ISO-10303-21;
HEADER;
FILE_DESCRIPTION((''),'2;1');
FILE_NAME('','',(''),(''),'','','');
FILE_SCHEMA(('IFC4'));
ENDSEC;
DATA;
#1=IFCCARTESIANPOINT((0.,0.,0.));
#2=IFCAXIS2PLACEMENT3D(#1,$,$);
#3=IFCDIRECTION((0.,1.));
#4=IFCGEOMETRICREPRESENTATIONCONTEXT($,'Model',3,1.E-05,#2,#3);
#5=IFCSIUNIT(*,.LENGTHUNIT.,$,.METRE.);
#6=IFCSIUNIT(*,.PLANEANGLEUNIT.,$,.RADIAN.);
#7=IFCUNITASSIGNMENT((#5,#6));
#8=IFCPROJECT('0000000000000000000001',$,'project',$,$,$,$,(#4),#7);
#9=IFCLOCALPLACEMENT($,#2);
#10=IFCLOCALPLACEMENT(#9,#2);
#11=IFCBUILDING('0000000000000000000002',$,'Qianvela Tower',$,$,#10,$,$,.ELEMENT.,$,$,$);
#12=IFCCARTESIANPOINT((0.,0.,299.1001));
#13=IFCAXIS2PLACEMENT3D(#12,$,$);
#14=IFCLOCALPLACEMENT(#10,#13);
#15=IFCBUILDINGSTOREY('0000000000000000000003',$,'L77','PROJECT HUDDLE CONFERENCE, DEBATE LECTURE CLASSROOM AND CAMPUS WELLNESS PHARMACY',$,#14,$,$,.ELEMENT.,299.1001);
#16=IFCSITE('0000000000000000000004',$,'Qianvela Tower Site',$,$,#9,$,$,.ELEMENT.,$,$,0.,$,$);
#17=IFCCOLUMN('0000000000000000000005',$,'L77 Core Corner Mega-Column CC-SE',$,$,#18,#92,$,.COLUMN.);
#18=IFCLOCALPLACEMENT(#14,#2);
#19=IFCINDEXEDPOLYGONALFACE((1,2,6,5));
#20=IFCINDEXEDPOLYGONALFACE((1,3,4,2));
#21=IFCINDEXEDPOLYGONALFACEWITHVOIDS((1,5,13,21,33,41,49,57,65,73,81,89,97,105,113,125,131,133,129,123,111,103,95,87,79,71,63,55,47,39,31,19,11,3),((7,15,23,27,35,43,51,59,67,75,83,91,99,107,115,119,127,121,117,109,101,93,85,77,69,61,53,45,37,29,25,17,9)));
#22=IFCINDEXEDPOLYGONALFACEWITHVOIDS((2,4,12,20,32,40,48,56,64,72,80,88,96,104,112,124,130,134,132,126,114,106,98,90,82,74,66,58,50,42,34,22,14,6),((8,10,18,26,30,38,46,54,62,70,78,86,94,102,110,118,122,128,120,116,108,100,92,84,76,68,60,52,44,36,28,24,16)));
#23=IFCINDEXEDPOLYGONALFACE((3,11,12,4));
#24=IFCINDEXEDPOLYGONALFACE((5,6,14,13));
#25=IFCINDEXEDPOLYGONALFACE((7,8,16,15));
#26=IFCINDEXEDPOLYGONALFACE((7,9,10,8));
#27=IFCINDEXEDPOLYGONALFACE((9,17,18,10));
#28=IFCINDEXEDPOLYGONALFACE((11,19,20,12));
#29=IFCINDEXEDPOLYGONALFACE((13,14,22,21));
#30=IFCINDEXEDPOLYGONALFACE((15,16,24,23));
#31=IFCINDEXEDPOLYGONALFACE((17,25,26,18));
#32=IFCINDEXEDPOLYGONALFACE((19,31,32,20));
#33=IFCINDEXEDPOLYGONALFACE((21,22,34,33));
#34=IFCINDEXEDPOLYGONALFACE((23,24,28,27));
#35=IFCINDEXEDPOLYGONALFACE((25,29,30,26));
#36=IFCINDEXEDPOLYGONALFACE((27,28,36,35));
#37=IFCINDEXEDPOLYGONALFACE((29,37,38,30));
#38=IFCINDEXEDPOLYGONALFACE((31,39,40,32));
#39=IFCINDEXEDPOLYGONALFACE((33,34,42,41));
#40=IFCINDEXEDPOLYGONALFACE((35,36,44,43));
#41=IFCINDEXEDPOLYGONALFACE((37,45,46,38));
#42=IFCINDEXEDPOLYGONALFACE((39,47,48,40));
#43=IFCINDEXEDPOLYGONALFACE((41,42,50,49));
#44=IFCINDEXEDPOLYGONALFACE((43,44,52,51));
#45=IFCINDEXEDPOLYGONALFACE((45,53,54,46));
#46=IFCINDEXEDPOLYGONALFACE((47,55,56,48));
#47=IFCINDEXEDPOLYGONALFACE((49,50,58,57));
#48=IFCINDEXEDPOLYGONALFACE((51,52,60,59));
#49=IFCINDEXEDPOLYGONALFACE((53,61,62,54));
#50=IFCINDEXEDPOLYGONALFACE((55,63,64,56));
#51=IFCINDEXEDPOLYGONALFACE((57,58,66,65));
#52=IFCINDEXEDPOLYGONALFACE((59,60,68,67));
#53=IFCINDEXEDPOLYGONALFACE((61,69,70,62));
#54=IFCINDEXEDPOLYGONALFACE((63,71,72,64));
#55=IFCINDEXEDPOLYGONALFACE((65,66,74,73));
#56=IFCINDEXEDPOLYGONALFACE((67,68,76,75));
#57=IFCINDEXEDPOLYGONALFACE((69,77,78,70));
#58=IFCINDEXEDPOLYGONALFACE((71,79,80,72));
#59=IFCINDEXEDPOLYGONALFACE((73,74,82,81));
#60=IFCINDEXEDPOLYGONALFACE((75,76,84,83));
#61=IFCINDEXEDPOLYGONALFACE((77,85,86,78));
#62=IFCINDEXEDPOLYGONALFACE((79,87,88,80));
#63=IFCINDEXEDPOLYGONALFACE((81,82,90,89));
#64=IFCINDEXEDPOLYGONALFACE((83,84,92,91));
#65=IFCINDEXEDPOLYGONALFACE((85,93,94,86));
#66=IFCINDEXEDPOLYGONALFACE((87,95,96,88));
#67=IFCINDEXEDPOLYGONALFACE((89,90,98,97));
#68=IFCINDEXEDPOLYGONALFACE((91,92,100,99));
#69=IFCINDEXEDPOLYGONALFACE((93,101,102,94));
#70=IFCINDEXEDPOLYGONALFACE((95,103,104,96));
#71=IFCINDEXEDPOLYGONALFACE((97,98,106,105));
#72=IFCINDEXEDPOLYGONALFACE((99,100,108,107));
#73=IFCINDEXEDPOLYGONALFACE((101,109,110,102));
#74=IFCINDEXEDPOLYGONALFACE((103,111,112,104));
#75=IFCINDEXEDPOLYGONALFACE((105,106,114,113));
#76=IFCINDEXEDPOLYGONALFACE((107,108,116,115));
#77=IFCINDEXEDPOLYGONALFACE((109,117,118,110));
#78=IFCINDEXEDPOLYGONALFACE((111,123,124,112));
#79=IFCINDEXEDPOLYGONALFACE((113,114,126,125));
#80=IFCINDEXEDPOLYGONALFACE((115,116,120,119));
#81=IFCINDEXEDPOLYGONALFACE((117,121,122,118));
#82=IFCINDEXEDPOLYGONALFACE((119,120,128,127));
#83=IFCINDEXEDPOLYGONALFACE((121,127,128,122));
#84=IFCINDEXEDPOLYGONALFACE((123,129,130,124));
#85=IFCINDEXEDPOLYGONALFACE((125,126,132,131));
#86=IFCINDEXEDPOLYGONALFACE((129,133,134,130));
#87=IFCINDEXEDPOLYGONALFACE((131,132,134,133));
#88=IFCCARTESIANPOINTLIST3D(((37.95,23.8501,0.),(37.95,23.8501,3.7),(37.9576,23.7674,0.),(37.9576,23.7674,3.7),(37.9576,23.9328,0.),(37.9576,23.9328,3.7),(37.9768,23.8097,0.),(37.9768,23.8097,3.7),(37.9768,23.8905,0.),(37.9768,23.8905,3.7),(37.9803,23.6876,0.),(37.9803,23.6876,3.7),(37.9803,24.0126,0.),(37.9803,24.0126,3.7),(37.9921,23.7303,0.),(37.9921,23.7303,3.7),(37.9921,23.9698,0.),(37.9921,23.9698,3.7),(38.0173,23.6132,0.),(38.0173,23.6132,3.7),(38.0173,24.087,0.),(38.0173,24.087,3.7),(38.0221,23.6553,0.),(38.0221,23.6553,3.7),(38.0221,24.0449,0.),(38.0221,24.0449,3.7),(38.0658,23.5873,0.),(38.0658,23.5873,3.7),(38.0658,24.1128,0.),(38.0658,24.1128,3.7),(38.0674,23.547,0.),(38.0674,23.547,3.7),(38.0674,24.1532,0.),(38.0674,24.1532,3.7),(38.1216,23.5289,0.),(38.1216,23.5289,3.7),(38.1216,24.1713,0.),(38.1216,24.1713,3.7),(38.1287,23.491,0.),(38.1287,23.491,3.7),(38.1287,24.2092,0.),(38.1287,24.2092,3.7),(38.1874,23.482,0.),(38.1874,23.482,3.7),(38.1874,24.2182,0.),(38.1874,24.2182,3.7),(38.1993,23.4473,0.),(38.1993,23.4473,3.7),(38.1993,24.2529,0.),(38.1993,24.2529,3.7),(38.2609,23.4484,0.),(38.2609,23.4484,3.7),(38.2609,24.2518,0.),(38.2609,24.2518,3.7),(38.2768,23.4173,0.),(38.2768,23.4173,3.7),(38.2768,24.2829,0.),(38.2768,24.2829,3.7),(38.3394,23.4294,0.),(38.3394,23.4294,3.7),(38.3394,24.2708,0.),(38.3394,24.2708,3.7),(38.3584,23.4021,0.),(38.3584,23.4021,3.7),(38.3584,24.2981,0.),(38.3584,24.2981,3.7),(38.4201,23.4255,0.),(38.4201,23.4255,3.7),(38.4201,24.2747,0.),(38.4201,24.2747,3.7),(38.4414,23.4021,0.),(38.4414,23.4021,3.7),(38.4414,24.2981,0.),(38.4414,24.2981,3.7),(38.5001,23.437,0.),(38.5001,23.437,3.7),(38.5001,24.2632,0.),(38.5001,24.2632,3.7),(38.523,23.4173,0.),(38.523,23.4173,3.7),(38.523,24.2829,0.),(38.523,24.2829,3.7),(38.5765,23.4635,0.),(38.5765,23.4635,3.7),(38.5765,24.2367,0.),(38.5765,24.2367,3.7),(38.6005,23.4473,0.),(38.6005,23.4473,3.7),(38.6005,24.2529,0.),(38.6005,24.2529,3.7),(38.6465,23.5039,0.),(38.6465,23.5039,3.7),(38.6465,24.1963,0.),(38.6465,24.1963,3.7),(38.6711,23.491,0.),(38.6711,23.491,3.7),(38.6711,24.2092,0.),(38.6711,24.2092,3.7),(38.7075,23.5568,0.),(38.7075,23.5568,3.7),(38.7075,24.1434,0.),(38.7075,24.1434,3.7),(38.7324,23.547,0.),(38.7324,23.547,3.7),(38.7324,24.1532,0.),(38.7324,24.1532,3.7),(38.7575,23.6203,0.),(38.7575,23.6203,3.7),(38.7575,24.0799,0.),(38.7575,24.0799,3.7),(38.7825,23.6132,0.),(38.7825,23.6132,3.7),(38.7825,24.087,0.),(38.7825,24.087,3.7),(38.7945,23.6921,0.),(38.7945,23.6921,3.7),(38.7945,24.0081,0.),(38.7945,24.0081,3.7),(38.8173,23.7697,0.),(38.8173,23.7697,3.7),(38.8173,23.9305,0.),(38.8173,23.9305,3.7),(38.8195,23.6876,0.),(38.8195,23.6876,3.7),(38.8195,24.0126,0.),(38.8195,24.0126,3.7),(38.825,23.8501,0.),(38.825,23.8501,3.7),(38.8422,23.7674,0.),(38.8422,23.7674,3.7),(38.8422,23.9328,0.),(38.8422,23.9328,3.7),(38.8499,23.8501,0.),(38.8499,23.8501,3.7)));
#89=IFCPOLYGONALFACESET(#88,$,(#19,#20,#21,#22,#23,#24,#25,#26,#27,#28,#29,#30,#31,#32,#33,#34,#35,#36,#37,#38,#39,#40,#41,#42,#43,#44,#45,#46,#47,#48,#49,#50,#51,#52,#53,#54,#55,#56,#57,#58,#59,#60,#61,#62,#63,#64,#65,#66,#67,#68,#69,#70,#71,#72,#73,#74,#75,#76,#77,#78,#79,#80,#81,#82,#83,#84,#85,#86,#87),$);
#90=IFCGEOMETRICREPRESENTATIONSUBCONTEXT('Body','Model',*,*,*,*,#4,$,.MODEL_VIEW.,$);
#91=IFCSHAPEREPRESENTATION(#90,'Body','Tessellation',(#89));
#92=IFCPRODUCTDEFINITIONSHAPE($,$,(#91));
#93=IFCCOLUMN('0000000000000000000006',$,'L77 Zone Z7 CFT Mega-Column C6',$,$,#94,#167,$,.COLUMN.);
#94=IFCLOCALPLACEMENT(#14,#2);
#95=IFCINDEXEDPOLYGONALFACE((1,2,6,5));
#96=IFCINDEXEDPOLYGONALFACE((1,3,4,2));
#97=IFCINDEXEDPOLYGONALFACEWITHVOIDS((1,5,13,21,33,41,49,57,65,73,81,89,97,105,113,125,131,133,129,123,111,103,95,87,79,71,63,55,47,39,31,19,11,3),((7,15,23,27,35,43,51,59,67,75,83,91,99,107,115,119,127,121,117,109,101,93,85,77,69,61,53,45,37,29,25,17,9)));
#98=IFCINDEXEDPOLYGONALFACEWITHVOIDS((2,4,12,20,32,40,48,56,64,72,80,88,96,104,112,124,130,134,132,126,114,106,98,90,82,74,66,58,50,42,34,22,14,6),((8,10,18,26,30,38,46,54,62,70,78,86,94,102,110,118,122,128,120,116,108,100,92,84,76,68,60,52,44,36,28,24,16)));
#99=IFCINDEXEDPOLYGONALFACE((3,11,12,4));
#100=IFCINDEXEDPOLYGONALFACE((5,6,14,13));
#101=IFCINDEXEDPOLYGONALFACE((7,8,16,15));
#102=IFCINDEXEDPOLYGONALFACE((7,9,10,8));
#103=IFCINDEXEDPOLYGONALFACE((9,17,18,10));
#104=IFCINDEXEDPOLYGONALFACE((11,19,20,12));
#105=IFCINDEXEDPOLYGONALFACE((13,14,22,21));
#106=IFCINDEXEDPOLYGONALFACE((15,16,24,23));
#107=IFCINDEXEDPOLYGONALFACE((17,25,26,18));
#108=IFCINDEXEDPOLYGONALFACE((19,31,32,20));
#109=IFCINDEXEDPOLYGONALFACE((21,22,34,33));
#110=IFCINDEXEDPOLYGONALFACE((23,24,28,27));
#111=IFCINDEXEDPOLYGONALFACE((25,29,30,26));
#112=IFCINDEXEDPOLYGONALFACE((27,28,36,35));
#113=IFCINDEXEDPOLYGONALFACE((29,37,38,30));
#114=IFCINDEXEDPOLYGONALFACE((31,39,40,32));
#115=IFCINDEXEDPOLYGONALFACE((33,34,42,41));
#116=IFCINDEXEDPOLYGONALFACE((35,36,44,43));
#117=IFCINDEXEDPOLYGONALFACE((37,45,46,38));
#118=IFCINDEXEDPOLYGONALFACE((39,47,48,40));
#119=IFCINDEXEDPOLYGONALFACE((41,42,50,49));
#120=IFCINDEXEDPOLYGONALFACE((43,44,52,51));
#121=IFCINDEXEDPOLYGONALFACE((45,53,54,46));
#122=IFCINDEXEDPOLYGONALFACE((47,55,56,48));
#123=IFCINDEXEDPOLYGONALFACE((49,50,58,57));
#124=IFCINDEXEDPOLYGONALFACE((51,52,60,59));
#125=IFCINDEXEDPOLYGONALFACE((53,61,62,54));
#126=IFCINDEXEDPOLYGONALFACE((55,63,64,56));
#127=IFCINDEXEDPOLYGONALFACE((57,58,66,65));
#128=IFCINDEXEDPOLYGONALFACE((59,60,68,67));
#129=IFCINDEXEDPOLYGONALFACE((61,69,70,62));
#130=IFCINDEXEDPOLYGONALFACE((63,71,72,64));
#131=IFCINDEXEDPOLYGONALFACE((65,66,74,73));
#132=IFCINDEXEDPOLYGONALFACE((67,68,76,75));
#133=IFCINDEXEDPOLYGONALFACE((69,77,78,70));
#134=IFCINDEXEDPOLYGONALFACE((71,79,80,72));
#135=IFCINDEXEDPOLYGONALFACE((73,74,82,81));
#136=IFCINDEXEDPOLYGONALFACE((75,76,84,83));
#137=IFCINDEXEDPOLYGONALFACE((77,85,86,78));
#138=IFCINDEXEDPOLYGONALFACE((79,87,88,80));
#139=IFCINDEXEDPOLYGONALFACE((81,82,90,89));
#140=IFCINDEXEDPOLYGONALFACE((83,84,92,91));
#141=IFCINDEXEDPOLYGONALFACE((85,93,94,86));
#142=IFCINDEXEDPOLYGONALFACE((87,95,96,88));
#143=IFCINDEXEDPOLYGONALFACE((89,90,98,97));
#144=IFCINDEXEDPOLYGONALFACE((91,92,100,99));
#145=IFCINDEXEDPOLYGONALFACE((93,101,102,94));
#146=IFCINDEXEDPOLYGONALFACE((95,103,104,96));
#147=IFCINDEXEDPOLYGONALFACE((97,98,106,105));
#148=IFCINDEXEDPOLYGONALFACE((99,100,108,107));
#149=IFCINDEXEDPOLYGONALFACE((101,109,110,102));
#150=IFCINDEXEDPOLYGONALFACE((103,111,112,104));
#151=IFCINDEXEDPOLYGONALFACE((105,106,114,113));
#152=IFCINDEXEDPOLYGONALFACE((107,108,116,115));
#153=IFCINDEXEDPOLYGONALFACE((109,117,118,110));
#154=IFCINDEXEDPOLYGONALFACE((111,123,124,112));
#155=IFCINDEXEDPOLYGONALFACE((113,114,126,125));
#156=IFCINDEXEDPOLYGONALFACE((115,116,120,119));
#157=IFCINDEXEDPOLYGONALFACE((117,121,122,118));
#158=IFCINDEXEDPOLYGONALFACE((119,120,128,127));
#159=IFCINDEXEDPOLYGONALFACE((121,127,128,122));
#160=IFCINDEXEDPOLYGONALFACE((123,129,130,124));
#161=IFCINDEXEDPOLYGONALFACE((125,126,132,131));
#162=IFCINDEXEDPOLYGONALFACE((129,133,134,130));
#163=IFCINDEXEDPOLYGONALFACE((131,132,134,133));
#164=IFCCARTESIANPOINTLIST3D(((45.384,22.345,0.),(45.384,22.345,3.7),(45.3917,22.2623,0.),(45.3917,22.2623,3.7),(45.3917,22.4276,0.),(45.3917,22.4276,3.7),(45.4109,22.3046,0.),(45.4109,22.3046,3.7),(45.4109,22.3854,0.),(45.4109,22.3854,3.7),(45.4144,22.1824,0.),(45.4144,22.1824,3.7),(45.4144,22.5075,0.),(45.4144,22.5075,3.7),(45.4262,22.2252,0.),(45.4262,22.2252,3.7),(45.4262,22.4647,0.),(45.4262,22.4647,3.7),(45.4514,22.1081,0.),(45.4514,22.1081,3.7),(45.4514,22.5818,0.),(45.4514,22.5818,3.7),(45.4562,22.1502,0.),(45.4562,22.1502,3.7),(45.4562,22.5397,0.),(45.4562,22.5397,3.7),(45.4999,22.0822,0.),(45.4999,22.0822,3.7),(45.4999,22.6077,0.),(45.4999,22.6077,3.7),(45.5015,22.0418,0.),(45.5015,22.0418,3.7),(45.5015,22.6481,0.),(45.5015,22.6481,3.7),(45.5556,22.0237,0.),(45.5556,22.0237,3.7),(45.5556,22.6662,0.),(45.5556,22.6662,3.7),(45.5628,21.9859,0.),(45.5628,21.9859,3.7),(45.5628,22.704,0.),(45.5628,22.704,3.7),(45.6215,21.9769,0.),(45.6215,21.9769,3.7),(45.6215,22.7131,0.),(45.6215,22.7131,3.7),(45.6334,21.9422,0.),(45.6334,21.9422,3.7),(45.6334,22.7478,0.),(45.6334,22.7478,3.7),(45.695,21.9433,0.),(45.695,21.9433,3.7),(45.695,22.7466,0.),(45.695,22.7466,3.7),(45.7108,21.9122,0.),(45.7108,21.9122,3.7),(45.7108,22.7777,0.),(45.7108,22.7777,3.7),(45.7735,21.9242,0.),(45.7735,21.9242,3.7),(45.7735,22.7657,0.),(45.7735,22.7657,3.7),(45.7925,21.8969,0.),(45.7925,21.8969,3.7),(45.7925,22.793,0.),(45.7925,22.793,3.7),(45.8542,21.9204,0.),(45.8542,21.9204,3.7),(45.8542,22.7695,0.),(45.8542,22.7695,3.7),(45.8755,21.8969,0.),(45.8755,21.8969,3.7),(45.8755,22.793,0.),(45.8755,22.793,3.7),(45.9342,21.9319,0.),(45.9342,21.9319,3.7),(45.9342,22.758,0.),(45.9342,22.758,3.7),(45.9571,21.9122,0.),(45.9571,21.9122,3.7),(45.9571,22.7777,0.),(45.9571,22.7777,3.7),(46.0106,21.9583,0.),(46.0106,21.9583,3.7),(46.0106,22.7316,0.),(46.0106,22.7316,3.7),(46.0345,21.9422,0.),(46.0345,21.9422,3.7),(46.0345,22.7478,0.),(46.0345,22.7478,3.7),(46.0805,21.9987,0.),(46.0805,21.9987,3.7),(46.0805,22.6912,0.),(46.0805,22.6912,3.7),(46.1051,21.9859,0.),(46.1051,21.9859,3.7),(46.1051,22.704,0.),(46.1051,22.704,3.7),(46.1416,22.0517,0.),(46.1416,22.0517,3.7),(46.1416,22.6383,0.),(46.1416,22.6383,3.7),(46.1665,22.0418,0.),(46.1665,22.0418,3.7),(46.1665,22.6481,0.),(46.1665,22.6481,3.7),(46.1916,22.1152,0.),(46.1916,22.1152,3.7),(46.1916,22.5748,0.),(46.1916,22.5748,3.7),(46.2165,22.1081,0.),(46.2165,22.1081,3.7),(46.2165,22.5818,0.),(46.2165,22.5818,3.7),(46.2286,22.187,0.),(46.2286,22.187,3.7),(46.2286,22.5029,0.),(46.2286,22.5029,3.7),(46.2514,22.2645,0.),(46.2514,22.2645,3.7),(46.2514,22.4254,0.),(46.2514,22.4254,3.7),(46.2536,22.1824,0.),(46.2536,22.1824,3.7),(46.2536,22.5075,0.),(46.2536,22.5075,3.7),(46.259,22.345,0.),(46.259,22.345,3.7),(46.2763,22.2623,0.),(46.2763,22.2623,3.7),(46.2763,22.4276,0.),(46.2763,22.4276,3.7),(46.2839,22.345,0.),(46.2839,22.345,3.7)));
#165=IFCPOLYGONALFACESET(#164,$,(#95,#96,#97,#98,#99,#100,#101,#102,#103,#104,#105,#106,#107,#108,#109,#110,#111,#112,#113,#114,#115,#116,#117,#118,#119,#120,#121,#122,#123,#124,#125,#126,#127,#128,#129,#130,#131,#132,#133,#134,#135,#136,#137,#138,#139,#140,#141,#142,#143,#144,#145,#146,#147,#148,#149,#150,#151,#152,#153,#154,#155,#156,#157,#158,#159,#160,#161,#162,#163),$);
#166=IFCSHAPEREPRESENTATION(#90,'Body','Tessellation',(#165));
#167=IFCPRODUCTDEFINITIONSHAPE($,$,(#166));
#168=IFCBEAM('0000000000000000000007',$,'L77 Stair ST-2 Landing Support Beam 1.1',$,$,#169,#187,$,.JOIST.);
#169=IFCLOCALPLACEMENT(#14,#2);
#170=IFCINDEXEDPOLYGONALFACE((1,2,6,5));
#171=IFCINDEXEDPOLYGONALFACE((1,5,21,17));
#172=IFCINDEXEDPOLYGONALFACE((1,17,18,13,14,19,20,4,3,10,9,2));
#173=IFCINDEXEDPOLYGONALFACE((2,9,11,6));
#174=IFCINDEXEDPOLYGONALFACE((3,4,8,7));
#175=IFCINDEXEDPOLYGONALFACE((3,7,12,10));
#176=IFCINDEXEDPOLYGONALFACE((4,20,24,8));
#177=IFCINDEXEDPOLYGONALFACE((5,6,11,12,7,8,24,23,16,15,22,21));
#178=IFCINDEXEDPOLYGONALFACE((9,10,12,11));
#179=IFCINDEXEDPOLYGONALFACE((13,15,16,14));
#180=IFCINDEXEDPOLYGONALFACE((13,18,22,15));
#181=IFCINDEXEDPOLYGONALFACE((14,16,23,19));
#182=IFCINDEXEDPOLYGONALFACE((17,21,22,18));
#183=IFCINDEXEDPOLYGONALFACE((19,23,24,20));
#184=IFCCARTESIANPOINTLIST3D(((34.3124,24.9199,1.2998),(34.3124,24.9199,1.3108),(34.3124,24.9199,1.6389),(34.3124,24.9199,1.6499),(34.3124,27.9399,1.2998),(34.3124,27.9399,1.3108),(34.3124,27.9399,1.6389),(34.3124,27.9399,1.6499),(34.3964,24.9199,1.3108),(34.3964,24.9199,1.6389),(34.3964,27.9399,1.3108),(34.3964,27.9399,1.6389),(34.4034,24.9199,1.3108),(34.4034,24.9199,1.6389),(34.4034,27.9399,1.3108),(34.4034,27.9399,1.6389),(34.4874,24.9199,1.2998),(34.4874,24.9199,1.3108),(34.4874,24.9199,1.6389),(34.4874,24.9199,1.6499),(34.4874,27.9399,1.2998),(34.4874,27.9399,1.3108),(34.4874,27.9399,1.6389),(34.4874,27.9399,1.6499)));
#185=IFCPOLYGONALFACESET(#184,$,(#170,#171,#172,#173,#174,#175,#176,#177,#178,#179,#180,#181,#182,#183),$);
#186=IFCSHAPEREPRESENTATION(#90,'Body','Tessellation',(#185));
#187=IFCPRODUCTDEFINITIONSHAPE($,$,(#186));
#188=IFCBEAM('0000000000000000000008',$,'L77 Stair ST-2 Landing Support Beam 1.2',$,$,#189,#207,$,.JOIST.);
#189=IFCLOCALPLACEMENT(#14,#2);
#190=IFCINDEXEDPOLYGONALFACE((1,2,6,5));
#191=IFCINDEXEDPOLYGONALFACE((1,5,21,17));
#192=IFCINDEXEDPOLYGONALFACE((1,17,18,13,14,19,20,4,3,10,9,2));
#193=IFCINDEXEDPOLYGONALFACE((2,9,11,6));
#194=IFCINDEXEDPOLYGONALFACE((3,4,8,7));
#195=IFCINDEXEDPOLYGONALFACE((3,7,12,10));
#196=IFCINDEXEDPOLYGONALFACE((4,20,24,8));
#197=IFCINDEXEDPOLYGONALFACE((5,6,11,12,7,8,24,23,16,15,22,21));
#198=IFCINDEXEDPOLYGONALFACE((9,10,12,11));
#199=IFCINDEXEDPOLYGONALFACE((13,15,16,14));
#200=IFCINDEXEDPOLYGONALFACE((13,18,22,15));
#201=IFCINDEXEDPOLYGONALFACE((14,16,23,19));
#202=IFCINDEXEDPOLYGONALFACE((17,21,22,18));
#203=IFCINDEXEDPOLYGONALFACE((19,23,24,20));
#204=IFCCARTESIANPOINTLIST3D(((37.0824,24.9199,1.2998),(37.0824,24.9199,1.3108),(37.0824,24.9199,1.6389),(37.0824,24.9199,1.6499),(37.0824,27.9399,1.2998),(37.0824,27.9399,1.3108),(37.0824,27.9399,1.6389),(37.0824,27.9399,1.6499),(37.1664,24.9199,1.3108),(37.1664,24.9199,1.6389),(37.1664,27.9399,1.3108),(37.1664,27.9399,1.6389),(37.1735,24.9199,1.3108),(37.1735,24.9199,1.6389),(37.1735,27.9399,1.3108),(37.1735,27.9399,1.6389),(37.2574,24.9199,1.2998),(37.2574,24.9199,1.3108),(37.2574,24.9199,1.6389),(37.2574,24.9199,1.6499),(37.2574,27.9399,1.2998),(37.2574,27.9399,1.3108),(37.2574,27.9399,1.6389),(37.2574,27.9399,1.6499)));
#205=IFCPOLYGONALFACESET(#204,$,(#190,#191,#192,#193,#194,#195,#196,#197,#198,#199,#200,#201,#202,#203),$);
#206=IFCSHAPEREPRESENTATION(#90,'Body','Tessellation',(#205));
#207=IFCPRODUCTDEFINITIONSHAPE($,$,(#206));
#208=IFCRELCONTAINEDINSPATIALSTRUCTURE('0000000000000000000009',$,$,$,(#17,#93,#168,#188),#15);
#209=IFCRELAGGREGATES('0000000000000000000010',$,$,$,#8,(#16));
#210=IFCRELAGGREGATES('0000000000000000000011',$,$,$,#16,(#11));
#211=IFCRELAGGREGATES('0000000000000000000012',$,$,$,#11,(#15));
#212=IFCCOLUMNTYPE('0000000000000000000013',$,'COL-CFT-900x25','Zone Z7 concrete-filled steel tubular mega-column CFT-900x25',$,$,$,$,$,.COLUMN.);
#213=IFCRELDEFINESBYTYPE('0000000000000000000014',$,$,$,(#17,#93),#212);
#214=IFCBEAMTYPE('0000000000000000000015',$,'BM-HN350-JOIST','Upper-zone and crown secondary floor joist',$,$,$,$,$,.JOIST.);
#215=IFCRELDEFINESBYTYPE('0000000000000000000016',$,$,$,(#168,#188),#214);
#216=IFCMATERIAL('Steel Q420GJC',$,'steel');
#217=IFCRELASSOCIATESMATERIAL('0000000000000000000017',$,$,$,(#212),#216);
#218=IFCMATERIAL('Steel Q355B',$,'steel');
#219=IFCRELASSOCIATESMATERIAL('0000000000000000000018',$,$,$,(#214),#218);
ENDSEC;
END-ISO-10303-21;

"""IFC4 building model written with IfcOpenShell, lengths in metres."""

from ifc_helpers import new_model, si_unit, direction, frame, origin, origin_2d, place, context, subcontext, project, spatial, hollow_circle, i_section, extrude, material, material_profile, profile_set, type_object, element, save


model = new_model("IFC4")

# Units and contexts
model_context = context("Model", 3, precision=1e-05, world=origin(), true_north=direction((0.0, 1.0)))
body_context = subcontext(model_context, "Body", "Model", "MODEL_VIEW")
ifc_project = project(units=[si_unit("LENGTHUNIT", "METRE"), si_unit("PLANEANGLEUNIT", "RADIAN")], contexts=[model_context])

# Site, building, storey
site_placement = place(None, origin())
site = spatial("IfcSite", under=ifc_project, at=site_placement, Name="Qianvela Tower Site", CompositionType="ELEMENT", RefElevation=0.0)
building_placement = place(site_placement, origin())
building = spatial("IfcBuilding", under=site, at=building_placement, Name="Qianvela Tower", CompositionType="ELEMENT")
storey_placement = place(building_placement, frame((0.0, 0.0, 299.1001)))
storey = spatial("IfcBuildingStorey", under=building, at=storey_placement, Name="L77", Description="PROJECT HUDDLE CONFERENCE, DEBATE LECTURE CLASSROOM AND CAMPUS WELLNESS PHARMACY", CompositionType="ELEMENT", Elevation=299.1001)

# Columns
ifc_material_1 = material(Name="Steel Q420GJC", Category="steel")
ifc_material_profile_1 = material_profile(ifc_material_1, hollow_circle(Radius=0.45, WallThickness=0.0249, at=origin_2d()), Name="CFT-900x25")
ifc_profile_set_1 = profile_set([ifc_material_profile_1], Name="Steel Q420GJC")
column_type = type_object("IfcColumnType", Name="COL-CFT-900x25", Description="Zone Z7 concrete-filled steel tubular mega-column CFT-900x25", PredefinedType="COLUMN", material=ifc_profile_set_1)
for number, where, z_axis, x_axis, name in (
    (1, (38.3999, 23.8501, 0.0), (0.0, 0.0, 1.0), (1.0, 0.0, 0.0), "L77 Core Corner Mega-Column CC-SE"),
    (2, (45.834, 22.345, 0.0), (0.0, 0.0, 1.0), (1.0, 0.0, 0.0), "L77 Zone Z7 CFT Mega-Column C6"),
):
    element("IfcColumn", number, at=place(storey_placement, frame(where, z_axis=z_axis, x_axis=x_axis)), inside=storey, type_object=column_type, Name=name, PredefinedType="COLUMN", context=body_context, shape_type="SweptSolid", body=[
        extrude(hollow_circle(Radius=0.45, WallThickness=0.0249, at=origin_2d()), origin(), (0.0, 0.0, 1.0), 3.7),
    ])

# Beams
ifc_material_2 = material(Name="Steel Q355B", Category="steel")
ifc_material_profile_2 = material_profile(ifc_material_2, i_section(OverallWidth=0.175, OverallDepth=0.3501, WebThickness=0.0071, FlangeThickness=0.011, at=origin_2d()), Name="HN350x175x7x11")
ifc_profile_set_2 = profile_set([ifc_material_profile_2], Name="Steel Q355B")
beam_type_1 = type_object("IfcBeamType", Name="BM-HN350-JOIST", Description="Upper-zone and crown secondary floor joist", PredefinedType="JOIST", material=ifc_profile_set_2)
for number, where, z_axis, x_axis, name in (
    (3, (34.3999, 24.9199, 1.4749), (0.0, 1.0, 0.0), (-1.0, 0.0, 0.0), "L77 Stair ST-2 Landing Support Beam 1.1"),
    (4, (37.1699, 24.9199, 1.4749), (0.0, 1.0, 0.0), (-1.0, 0.0, 0.0), "L77 Stair ST-2 Landing Support Beam 1.2"),
):
    element("IfcBeam", number, at=place(storey_placement, frame(where, z_axis=z_axis, x_axis=x_axis)), inside=storey, type_object=beam_type_1, Name=name, PredefinedType="JOIST", context=body_context, shape_type="SweptSolid", body=[
        extrude(i_section(OverallWidth=0.175, OverallDepth=0.3501, WebThickness=0.0071, FlangeThickness=0.011, at=origin_2d()), origin(), (0.0, 0.0, 1.0), 3.02),
    ])

save(model, "model.ifc")
